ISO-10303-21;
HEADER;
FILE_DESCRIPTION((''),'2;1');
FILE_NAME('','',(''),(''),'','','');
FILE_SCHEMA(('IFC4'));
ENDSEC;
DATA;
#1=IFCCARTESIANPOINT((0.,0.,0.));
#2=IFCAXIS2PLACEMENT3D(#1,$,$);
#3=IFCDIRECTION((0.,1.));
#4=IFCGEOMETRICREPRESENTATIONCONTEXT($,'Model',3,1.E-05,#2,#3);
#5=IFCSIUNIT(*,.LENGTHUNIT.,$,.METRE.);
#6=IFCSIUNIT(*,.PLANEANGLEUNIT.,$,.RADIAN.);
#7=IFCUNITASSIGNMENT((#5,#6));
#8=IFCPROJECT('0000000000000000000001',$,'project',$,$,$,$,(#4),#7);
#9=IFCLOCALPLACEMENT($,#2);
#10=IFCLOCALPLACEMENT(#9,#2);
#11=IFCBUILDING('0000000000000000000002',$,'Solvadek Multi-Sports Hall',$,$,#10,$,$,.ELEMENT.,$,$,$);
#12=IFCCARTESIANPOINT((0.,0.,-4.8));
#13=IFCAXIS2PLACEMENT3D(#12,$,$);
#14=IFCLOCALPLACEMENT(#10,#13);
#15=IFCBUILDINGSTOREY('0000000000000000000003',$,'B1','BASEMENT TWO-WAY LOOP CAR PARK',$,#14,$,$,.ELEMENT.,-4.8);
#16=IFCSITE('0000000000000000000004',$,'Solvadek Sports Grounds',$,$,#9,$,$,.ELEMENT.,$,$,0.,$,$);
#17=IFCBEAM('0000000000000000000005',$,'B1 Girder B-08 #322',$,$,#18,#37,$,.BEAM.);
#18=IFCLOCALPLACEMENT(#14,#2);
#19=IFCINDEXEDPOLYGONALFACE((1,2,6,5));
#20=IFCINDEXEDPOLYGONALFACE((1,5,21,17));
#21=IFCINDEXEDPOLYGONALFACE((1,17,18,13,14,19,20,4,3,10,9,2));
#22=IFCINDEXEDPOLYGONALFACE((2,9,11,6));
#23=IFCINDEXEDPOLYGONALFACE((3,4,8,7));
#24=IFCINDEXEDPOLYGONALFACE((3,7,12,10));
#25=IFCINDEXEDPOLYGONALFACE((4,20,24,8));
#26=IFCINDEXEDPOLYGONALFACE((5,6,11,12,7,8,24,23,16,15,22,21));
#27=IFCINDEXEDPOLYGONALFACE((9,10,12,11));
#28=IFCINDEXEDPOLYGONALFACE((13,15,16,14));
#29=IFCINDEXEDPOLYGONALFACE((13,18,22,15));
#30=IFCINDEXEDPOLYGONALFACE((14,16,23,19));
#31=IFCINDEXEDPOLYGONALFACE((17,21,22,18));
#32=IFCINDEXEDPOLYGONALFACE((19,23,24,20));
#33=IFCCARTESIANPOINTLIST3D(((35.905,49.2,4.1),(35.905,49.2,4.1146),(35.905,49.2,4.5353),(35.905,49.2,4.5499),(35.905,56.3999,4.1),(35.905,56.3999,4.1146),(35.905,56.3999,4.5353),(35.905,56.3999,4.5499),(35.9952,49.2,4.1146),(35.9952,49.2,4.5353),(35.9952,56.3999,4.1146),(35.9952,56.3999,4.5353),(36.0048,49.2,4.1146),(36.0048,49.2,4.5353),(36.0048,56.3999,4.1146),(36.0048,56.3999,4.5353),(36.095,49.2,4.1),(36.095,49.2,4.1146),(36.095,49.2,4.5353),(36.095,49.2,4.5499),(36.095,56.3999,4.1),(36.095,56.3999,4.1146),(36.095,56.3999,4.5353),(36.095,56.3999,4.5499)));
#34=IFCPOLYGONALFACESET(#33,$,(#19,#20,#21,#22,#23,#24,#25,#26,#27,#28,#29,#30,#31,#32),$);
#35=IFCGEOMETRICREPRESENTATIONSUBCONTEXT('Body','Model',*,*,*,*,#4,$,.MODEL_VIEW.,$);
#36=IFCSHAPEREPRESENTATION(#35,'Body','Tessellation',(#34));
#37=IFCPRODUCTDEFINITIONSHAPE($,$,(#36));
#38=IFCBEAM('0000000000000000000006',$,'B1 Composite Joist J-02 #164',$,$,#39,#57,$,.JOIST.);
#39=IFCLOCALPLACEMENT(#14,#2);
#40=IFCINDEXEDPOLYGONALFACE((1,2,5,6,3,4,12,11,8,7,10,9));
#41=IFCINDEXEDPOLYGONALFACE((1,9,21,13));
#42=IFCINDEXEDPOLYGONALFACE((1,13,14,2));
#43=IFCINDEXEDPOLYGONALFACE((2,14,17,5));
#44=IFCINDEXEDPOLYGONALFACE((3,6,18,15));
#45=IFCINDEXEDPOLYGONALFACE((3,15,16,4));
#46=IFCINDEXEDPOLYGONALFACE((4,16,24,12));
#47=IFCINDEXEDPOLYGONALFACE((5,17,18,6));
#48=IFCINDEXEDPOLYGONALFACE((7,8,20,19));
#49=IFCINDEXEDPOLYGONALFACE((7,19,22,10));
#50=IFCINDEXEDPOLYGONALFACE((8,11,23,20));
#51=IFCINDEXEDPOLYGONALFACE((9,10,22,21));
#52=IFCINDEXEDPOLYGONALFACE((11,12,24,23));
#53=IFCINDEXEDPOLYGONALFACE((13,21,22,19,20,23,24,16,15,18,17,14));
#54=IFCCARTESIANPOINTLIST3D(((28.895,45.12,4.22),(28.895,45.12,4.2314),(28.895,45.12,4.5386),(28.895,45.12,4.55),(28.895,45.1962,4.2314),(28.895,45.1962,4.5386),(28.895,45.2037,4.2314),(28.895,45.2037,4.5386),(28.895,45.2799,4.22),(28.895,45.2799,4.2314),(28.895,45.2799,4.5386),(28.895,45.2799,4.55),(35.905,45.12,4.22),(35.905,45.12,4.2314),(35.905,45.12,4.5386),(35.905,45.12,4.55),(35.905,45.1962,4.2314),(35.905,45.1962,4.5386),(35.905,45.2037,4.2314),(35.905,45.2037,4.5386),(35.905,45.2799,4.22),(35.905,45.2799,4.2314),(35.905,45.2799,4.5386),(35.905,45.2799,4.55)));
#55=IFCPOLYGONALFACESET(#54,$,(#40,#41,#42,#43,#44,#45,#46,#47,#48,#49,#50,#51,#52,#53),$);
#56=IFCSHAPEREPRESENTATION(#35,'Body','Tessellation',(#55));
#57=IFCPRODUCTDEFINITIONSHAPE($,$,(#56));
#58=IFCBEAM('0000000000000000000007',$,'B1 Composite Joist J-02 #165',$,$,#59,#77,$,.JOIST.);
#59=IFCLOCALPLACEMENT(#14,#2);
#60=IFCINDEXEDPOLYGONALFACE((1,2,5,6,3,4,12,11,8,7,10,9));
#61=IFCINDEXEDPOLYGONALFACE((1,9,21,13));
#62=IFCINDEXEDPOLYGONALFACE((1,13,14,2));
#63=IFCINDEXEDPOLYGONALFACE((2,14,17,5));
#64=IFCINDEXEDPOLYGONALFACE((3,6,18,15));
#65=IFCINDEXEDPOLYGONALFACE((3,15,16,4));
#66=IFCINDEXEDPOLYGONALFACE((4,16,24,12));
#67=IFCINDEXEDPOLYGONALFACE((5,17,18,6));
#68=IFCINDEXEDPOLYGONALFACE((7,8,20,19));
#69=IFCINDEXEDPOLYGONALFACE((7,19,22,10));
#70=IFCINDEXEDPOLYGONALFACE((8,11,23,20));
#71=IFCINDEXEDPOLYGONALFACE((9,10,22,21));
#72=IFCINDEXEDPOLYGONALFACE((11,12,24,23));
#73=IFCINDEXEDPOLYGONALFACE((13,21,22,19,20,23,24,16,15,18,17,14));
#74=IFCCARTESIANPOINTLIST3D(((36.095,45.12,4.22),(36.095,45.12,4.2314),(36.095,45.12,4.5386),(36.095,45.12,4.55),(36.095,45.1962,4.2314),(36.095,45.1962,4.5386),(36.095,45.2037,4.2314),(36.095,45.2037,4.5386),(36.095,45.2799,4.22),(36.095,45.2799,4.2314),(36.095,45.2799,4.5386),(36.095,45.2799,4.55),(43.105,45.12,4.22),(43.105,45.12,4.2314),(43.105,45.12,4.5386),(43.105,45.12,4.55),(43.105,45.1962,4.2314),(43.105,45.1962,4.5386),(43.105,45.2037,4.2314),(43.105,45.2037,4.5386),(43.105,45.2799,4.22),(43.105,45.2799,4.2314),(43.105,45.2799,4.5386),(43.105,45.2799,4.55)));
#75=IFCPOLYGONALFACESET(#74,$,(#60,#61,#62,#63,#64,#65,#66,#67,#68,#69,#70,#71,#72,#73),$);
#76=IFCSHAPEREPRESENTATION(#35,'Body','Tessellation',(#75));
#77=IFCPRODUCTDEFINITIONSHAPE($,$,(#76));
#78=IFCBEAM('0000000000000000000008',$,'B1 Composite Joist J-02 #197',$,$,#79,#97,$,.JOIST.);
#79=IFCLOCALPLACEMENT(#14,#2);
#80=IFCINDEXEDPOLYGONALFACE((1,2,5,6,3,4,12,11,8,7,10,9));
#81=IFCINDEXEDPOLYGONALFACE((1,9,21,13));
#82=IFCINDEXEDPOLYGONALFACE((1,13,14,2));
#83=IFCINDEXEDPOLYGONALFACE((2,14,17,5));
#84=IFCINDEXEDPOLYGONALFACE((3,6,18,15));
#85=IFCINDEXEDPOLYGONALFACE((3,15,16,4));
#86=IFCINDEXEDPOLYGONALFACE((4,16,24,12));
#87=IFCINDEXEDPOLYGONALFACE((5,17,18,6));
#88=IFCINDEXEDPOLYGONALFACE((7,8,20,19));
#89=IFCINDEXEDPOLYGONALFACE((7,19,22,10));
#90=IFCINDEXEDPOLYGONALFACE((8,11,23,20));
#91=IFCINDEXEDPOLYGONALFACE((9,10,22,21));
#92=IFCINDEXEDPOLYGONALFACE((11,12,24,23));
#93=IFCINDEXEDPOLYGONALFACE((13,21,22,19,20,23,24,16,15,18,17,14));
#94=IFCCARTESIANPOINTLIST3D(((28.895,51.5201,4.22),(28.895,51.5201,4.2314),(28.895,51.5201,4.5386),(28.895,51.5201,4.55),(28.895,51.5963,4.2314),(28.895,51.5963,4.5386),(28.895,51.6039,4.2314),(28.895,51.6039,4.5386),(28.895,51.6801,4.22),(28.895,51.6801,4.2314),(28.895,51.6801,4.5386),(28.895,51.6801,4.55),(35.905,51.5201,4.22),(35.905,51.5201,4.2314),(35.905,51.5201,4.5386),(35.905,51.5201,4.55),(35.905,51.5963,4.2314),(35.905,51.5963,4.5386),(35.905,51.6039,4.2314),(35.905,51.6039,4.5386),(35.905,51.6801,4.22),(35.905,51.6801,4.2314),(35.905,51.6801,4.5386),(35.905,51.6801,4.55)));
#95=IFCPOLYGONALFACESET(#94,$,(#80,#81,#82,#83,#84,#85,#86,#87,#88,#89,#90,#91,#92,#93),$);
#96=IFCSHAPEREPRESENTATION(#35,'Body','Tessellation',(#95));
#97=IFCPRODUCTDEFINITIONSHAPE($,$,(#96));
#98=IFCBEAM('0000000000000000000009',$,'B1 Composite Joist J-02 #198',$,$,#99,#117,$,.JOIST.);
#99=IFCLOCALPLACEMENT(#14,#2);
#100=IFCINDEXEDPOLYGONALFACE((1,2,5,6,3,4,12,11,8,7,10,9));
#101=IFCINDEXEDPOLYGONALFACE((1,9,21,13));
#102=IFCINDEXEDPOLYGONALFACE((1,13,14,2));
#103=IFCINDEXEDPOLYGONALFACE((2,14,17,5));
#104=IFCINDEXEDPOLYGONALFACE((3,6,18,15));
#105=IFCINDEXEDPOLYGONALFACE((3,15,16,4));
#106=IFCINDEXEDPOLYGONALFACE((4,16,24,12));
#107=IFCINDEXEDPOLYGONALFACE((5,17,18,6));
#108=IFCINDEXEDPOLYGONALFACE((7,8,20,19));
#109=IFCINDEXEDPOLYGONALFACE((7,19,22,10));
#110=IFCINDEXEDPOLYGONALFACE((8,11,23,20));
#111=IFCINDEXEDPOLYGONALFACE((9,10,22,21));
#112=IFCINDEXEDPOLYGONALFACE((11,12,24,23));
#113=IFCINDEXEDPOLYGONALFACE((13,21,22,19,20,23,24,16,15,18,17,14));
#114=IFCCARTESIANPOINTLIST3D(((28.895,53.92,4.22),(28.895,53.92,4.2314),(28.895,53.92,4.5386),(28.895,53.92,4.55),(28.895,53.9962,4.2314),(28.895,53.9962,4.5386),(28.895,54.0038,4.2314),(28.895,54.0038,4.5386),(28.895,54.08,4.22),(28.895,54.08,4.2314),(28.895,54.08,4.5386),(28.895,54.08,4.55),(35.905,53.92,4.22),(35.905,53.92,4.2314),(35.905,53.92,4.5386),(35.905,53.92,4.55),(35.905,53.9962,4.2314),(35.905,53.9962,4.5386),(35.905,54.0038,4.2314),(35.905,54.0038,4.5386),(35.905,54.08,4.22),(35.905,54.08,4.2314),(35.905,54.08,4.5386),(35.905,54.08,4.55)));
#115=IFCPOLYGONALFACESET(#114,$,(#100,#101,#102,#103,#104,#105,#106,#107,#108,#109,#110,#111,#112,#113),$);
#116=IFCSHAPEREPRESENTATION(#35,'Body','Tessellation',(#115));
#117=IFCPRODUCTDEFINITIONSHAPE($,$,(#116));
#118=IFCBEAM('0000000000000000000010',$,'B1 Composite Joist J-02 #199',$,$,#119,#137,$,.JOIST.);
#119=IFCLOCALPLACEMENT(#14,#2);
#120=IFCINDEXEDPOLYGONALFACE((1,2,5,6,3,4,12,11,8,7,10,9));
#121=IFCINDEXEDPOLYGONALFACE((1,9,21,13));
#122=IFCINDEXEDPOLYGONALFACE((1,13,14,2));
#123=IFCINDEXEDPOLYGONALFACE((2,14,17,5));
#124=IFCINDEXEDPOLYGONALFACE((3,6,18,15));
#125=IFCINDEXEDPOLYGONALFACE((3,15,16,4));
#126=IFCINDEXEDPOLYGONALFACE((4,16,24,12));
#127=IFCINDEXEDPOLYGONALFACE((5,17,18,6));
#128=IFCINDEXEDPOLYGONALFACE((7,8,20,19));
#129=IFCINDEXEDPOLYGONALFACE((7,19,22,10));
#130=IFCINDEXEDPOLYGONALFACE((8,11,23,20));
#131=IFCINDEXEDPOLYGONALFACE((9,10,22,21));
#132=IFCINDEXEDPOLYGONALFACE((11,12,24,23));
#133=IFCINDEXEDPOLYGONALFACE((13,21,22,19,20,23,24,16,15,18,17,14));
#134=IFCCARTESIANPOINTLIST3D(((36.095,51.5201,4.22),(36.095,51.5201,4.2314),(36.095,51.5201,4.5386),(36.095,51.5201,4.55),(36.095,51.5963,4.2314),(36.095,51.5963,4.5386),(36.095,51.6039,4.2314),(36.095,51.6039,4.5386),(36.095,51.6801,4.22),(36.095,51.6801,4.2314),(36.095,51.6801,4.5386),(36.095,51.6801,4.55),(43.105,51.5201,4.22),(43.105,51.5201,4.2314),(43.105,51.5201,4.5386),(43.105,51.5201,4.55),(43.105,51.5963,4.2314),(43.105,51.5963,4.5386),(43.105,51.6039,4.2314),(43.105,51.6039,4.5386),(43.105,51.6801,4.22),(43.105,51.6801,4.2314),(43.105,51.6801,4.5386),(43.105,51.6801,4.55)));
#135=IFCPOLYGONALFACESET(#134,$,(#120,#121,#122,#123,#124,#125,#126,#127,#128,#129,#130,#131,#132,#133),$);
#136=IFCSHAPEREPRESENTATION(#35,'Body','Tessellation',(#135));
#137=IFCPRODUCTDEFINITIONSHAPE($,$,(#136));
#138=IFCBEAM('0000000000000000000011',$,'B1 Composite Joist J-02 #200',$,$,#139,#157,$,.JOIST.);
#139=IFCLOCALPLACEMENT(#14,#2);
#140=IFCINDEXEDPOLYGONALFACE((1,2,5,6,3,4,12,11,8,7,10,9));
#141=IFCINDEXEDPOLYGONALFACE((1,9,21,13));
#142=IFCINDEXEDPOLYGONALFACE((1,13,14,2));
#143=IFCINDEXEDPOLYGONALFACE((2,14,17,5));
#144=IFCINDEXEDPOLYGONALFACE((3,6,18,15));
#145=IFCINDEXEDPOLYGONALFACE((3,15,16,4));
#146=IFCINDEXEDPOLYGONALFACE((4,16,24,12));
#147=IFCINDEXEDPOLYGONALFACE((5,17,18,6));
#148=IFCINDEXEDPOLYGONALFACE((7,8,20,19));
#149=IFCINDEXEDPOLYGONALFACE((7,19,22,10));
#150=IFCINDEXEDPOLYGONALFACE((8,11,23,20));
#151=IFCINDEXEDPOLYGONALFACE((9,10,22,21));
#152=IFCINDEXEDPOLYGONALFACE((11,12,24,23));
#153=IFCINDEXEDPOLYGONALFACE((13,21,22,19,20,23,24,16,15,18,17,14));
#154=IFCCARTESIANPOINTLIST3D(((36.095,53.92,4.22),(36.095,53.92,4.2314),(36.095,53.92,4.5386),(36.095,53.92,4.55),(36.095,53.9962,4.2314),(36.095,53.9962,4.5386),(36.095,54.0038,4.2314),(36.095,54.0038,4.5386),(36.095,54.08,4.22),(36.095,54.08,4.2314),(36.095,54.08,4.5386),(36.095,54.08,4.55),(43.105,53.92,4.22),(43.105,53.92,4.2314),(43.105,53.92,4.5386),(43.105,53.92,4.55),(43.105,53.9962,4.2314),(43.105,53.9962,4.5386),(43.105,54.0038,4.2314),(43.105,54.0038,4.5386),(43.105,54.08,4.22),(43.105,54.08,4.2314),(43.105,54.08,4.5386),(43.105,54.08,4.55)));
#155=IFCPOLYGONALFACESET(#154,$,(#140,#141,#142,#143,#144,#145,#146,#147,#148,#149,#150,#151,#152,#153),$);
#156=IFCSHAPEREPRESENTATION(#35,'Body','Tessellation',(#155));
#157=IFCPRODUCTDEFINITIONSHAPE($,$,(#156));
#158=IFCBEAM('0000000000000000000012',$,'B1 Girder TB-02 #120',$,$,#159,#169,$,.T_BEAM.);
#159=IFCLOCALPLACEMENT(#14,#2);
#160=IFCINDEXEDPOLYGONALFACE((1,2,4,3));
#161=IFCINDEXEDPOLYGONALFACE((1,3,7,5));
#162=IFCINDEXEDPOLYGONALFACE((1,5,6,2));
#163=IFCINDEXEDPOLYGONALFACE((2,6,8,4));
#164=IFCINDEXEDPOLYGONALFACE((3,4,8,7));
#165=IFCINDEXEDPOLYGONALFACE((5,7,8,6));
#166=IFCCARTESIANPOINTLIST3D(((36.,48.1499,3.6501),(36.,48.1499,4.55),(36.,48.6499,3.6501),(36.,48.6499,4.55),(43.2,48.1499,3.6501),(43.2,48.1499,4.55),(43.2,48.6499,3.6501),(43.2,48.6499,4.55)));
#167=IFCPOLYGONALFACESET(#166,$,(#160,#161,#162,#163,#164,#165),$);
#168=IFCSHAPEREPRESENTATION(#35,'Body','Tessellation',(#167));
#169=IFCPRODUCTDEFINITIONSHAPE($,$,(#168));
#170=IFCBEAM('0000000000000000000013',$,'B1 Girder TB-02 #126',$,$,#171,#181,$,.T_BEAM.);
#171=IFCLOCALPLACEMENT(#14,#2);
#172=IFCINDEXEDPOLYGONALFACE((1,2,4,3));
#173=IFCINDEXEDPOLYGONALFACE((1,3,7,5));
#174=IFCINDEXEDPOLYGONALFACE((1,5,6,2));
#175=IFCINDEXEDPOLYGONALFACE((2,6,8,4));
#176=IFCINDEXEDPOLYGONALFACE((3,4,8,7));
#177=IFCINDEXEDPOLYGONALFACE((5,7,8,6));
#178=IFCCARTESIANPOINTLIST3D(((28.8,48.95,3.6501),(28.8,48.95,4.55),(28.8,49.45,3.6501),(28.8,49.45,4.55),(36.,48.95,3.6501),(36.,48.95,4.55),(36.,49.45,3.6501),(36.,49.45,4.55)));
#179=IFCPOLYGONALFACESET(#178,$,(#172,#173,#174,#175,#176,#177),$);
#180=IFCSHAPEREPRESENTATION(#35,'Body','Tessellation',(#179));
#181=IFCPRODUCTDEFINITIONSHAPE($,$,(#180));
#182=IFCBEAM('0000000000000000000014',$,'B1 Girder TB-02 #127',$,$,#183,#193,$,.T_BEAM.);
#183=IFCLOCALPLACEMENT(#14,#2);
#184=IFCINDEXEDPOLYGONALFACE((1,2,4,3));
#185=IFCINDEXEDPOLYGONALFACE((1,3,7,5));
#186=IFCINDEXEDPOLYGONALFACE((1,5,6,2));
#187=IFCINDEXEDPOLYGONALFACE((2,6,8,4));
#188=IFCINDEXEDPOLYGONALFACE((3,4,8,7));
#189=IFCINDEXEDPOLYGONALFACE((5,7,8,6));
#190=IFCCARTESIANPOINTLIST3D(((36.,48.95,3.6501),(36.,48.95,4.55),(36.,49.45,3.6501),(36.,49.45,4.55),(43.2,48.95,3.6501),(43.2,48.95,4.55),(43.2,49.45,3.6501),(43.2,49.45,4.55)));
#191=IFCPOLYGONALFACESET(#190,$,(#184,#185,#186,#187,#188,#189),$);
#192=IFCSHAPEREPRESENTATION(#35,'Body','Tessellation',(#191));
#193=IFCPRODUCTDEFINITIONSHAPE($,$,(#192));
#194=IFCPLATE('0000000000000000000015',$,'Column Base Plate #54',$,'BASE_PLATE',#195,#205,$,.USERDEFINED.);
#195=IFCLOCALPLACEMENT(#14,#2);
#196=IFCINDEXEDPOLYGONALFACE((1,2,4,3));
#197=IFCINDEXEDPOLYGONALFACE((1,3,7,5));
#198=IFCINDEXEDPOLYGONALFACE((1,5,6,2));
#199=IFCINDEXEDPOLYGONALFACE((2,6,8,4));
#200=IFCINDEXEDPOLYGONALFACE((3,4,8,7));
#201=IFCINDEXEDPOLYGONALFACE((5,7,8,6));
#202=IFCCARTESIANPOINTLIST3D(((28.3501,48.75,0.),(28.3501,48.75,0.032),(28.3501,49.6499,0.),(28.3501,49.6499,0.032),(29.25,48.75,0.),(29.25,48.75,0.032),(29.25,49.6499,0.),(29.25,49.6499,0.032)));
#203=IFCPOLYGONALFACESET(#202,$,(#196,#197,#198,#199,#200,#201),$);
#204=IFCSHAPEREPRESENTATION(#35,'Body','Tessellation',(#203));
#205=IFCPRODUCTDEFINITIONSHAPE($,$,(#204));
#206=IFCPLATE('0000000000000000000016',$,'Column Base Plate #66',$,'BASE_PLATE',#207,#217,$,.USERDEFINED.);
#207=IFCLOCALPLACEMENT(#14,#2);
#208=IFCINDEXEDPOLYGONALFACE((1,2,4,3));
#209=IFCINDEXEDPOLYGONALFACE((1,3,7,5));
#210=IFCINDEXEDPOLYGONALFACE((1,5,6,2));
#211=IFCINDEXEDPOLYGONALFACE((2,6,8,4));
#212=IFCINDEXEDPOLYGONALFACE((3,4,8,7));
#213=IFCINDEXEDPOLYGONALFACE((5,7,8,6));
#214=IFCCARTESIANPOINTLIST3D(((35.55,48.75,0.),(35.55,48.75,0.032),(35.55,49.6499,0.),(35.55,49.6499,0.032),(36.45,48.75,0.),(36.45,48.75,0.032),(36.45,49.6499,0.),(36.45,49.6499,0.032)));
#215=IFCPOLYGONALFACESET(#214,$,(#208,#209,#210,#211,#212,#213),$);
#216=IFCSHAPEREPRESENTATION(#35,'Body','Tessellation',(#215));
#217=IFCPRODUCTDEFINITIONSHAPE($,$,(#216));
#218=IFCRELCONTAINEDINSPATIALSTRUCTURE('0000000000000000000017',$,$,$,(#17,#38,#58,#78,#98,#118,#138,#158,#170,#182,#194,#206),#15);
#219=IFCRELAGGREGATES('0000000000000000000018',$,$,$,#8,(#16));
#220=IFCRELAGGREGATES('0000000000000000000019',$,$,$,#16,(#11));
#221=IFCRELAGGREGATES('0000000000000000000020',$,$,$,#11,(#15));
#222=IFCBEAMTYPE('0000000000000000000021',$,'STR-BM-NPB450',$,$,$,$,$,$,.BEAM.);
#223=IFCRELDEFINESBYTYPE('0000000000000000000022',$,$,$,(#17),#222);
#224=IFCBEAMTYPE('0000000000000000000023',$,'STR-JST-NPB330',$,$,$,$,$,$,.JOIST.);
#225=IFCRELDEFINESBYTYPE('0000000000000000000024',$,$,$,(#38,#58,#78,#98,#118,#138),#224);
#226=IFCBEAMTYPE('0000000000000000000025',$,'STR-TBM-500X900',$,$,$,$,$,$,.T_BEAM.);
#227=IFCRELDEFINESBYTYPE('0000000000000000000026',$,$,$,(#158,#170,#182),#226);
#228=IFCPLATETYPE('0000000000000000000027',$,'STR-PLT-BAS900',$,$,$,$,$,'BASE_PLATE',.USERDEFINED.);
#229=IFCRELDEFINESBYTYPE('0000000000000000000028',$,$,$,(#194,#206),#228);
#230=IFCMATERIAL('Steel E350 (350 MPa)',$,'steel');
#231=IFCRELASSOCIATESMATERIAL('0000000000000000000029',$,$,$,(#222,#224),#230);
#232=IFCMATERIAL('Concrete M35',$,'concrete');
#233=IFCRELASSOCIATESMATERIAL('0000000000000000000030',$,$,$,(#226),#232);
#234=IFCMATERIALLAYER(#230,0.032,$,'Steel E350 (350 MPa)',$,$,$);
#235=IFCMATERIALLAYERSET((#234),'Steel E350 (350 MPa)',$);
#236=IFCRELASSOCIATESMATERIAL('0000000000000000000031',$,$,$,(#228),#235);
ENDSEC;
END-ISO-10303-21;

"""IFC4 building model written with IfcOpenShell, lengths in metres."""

from ifc_helpers import new_model, si_unit, direction, frame, origin, origin_2d, place, context, subcontext, project, spatial, rectangle, i_section, extrude, material, layer, layer_set, material_profile, profile_set, type_object, element, save


model = new_model("IFC4")

# Units and contexts
model_context = context("Model", 3, precision=1e-05, world=origin(), true_north=direction((0.0, 1.0)))
body_context = subcontext(model_context, "Body", "Model", "MODEL_VIEW")
ifc_project = project(units=[si_unit("LENGTHUNIT", "METRE"), si_unit("PLANEANGLEUNIT", "RADIAN")], contexts=[model_context])

# Site, building, storey
site_placement = place(None, origin())
site = spatial("IfcSite", under=ifc_project, at=site_placement, Name="Solvadek Sports Grounds", CompositionType="ELEMENT", RefElevation=0.0)
building_placement = place(site_placement, origin())
building = spatial("IfcBuilding", under=site, at=building_placement, Name="Solvadek Multi-Sports Hall", CompositionType="ELEMENT")
storey_placement = place(building_placement, frame((0.0, 0.0, -4.8)))
storey = spatial("IfcBuildingStorey", under=building, at=storey_placement, Name="B1", Description="BASEMENT TWO-WAY LOOP CAR PARK", CompositionType="ELEMENT", Elevation=-4.8)

# Shared definitions
ifc_material_1 = material(Name="Concrete M35", Category="concrete")

# Shared definitions
ifc_material_2 = material(Name="Steel E350 (350 MPa)", Category="steel")

# Beams
ifc_material_profile_1 = material_profile(ifc_material_2, i_section(OverallWidth=0.1899, OverallDepth=0.45, WebThickness=0.0095, FlangeThickness=0.0146, at=origin_2d()), Name="NPB 450")
ifc_profile_set_1 = profile_set([ifc_material_profile_1], Name="Steel E350 (350 MPa)")
beam_type_1 = type_object("IfcBeamType", Name="STR-BM-NPB450", PredefinedType="BEAM", material=ifc_profile_set_1)
beam_1_placement = place(storey_placement, frame((36.0, 49.2, 4.325), z_axis=(0.0, 1.0, 0.0), x_axis=(-1.0, 0.0, 0.0)))
element("IfcBeam", 1, at=beam_1_placement, inside=storey, type_object=beam_type_1, Name="B1 Girder B-08 #322", PredefinedType="BEAM", context=body_context, shape_type="SweptSolid", body=[
    extrude(i_section(OverallWidth=0.1899, OverallDepth=0.45, WebThickness=0.0095, FlangeThickness=0.0146, at=origin_2d()), origin(), (0.0, 0.0, 1.0), 7.2),
])
ifc_material_profile_2 = material_profile(ifc_material_2, i_section(OverallWidth=0.1599, OverallDepth=0.3301, WebThickness=0.0076, FlangeThickness=0.0115, at=origin_2d()), Name="NPB 330")
ifc_profile_set_2 = profile_set([ifc_material_profile_2], Name="Steel E350 (350 MPa)")
beam_type_2 = type_object("IfcBeamType", Name="STR-JST-NPB330", PredefinedType="JOIST", material=ifc_profile_set_2)
for number, where, z_axis, x_axis, name in (
    (2, (28.895, 45.2, 4.385), (1.0, 0.0, 0.0), (0.0, 1.0, 0.0), "B1 Composite Joist J-02 #164"),
    (3, (36.095, 45.2, 4.385), (1.0, 0.0, 0.0), (0.0, 1.0, 0.0), "B1 Composite Joist J-02 #165"),
    (4, (28.895, 51.6001, 4.385), (1.0, 0.0, 0.0), (0.0, 1.0, 0.0), "B1 Composite Joist J-02 #197"),
    (5, (28.895, 54.0, 4.385), (1.0, 0.0, 0.0), (0.0, 1.0, 0.0), "B1 Composite Joist J-02 #198"),
    (6, (36.095, 51.6001, 4.385), (1.0, 0.0, 0.0), (0.0, 1.0, 0.0), "B1 Composite Joist J-02 #199"),
    (7, (36.095, 54.0, 4.385), (1.0, 0.0, 0.0), (0.0, 1.0, 0.0), "B1 Composite Joist J-02 #200"),
):
    element("IfcBeam", number, at=place(storey_placement, frame(where, z_axis=z_axis, x_axis=x_axis)), inside=storey, type_object=beam_type_2, Name=name, PredefinedType="JOIST", context=body_context, shape_type="SweptSolid", body=[
        extrude(i_section(OverallWidth=0.1599, OverallDepth=0.3301, WebThickness=0.0076, FlangeThickness=0.0115, at=origin_2d()), origin(), (0.0, 0.0, 1.0), 7.01),
    ])
ifc_material_profile_3 = material_profile(ifc_material_1, rectangle(XDim=0.5, YDim=0.8999, at=origin_2d()), Name="RC T-BEAM 500x900")
ifc_profile_set_3 = profile_set([ifc_material_profile_3], Name="Concrete M35")
beam_type_3 = type_object("IfcBeamType", Name="STR-TBM-500X900", PredefinedType="T_BEAM", material=ifc_profile_set_3)
for number, where, z_axis, x_axis, name in (
    (8, (36.0, 48.3999, 4.1001), (1.0, 0.0, 0.0), (0.0, 1.0, 0.0), "B1 Girder TB-02 #120"),
    (9, (28.8, 49.2, 4.1001), (1.0, 0.0, 0.0), (0.0, 1.0, 0.0), "B1 Girder TB-02 #126"),
    (10, (36.0, 49.2, 4.1001), (1.0, 0.0, 0.0), (0.0, 1.0, 0.0), "B1 Girder TB-02 #127"),
):
    element("IfcBeam", number, at=place(storey_placement, frame(where, z_axis=z_axis, x_axis=x_axis)), inside=storey, type_object=beam_type_3, Name=name, PredefinedType="T_BEAM", context=body_context, shape_type="SweptSolid", body=[
        extrude(rectangle(XDim=0.5, YDim=0.8999, at=origin_2d()), origin(), (0.0, 0.0, 1.0), 7.2),
    ])

# Plates
ifc_layer = layer(ifc_material_2, 0.032, Name="Steel E350 (350 MPa)")
ifc_layer_set = layer_set([ifc_layer], Name="Steel E350 (350 MPa)")
plate_type = type_object("IfcPlateType", Name="STR-PLT-BAS900", ElementType="BASE_PLATE", PredefinedType="USERDEFINED", material=ifc_layer_set)
for number, where, z_axis, x_axis, name in (
    (11, (28.8, 49.2, 0.0), (0.0, 0.0, 1.0), (1.0, 0.0, 0.0), "Column Base Plate #54"),
    (12, (36.0, 49.2, 0.0), (0.0, 0.0, 1.0), (1.0, 0.0, 0.0), "Column Base Plate #66"),
):
    element("IfcPlate", number, at=place(storey_placement, frame(where, z_axis=z_axis, x_axis=x_axis)), inside=storey, type_object=plate_type, Name=name, ObjectType="BASE_PLATE", PredefinedType="USERDEFINED", context=body_context, shape_type="SweptSolid", body=[
        extrude(rectangle(XDim=0.8999, YDim=0.8999, at=origin_2d()), origin(), (0.0, 0.0, 1.0), 0.032),
    ])

save(model, "model.ifc")
